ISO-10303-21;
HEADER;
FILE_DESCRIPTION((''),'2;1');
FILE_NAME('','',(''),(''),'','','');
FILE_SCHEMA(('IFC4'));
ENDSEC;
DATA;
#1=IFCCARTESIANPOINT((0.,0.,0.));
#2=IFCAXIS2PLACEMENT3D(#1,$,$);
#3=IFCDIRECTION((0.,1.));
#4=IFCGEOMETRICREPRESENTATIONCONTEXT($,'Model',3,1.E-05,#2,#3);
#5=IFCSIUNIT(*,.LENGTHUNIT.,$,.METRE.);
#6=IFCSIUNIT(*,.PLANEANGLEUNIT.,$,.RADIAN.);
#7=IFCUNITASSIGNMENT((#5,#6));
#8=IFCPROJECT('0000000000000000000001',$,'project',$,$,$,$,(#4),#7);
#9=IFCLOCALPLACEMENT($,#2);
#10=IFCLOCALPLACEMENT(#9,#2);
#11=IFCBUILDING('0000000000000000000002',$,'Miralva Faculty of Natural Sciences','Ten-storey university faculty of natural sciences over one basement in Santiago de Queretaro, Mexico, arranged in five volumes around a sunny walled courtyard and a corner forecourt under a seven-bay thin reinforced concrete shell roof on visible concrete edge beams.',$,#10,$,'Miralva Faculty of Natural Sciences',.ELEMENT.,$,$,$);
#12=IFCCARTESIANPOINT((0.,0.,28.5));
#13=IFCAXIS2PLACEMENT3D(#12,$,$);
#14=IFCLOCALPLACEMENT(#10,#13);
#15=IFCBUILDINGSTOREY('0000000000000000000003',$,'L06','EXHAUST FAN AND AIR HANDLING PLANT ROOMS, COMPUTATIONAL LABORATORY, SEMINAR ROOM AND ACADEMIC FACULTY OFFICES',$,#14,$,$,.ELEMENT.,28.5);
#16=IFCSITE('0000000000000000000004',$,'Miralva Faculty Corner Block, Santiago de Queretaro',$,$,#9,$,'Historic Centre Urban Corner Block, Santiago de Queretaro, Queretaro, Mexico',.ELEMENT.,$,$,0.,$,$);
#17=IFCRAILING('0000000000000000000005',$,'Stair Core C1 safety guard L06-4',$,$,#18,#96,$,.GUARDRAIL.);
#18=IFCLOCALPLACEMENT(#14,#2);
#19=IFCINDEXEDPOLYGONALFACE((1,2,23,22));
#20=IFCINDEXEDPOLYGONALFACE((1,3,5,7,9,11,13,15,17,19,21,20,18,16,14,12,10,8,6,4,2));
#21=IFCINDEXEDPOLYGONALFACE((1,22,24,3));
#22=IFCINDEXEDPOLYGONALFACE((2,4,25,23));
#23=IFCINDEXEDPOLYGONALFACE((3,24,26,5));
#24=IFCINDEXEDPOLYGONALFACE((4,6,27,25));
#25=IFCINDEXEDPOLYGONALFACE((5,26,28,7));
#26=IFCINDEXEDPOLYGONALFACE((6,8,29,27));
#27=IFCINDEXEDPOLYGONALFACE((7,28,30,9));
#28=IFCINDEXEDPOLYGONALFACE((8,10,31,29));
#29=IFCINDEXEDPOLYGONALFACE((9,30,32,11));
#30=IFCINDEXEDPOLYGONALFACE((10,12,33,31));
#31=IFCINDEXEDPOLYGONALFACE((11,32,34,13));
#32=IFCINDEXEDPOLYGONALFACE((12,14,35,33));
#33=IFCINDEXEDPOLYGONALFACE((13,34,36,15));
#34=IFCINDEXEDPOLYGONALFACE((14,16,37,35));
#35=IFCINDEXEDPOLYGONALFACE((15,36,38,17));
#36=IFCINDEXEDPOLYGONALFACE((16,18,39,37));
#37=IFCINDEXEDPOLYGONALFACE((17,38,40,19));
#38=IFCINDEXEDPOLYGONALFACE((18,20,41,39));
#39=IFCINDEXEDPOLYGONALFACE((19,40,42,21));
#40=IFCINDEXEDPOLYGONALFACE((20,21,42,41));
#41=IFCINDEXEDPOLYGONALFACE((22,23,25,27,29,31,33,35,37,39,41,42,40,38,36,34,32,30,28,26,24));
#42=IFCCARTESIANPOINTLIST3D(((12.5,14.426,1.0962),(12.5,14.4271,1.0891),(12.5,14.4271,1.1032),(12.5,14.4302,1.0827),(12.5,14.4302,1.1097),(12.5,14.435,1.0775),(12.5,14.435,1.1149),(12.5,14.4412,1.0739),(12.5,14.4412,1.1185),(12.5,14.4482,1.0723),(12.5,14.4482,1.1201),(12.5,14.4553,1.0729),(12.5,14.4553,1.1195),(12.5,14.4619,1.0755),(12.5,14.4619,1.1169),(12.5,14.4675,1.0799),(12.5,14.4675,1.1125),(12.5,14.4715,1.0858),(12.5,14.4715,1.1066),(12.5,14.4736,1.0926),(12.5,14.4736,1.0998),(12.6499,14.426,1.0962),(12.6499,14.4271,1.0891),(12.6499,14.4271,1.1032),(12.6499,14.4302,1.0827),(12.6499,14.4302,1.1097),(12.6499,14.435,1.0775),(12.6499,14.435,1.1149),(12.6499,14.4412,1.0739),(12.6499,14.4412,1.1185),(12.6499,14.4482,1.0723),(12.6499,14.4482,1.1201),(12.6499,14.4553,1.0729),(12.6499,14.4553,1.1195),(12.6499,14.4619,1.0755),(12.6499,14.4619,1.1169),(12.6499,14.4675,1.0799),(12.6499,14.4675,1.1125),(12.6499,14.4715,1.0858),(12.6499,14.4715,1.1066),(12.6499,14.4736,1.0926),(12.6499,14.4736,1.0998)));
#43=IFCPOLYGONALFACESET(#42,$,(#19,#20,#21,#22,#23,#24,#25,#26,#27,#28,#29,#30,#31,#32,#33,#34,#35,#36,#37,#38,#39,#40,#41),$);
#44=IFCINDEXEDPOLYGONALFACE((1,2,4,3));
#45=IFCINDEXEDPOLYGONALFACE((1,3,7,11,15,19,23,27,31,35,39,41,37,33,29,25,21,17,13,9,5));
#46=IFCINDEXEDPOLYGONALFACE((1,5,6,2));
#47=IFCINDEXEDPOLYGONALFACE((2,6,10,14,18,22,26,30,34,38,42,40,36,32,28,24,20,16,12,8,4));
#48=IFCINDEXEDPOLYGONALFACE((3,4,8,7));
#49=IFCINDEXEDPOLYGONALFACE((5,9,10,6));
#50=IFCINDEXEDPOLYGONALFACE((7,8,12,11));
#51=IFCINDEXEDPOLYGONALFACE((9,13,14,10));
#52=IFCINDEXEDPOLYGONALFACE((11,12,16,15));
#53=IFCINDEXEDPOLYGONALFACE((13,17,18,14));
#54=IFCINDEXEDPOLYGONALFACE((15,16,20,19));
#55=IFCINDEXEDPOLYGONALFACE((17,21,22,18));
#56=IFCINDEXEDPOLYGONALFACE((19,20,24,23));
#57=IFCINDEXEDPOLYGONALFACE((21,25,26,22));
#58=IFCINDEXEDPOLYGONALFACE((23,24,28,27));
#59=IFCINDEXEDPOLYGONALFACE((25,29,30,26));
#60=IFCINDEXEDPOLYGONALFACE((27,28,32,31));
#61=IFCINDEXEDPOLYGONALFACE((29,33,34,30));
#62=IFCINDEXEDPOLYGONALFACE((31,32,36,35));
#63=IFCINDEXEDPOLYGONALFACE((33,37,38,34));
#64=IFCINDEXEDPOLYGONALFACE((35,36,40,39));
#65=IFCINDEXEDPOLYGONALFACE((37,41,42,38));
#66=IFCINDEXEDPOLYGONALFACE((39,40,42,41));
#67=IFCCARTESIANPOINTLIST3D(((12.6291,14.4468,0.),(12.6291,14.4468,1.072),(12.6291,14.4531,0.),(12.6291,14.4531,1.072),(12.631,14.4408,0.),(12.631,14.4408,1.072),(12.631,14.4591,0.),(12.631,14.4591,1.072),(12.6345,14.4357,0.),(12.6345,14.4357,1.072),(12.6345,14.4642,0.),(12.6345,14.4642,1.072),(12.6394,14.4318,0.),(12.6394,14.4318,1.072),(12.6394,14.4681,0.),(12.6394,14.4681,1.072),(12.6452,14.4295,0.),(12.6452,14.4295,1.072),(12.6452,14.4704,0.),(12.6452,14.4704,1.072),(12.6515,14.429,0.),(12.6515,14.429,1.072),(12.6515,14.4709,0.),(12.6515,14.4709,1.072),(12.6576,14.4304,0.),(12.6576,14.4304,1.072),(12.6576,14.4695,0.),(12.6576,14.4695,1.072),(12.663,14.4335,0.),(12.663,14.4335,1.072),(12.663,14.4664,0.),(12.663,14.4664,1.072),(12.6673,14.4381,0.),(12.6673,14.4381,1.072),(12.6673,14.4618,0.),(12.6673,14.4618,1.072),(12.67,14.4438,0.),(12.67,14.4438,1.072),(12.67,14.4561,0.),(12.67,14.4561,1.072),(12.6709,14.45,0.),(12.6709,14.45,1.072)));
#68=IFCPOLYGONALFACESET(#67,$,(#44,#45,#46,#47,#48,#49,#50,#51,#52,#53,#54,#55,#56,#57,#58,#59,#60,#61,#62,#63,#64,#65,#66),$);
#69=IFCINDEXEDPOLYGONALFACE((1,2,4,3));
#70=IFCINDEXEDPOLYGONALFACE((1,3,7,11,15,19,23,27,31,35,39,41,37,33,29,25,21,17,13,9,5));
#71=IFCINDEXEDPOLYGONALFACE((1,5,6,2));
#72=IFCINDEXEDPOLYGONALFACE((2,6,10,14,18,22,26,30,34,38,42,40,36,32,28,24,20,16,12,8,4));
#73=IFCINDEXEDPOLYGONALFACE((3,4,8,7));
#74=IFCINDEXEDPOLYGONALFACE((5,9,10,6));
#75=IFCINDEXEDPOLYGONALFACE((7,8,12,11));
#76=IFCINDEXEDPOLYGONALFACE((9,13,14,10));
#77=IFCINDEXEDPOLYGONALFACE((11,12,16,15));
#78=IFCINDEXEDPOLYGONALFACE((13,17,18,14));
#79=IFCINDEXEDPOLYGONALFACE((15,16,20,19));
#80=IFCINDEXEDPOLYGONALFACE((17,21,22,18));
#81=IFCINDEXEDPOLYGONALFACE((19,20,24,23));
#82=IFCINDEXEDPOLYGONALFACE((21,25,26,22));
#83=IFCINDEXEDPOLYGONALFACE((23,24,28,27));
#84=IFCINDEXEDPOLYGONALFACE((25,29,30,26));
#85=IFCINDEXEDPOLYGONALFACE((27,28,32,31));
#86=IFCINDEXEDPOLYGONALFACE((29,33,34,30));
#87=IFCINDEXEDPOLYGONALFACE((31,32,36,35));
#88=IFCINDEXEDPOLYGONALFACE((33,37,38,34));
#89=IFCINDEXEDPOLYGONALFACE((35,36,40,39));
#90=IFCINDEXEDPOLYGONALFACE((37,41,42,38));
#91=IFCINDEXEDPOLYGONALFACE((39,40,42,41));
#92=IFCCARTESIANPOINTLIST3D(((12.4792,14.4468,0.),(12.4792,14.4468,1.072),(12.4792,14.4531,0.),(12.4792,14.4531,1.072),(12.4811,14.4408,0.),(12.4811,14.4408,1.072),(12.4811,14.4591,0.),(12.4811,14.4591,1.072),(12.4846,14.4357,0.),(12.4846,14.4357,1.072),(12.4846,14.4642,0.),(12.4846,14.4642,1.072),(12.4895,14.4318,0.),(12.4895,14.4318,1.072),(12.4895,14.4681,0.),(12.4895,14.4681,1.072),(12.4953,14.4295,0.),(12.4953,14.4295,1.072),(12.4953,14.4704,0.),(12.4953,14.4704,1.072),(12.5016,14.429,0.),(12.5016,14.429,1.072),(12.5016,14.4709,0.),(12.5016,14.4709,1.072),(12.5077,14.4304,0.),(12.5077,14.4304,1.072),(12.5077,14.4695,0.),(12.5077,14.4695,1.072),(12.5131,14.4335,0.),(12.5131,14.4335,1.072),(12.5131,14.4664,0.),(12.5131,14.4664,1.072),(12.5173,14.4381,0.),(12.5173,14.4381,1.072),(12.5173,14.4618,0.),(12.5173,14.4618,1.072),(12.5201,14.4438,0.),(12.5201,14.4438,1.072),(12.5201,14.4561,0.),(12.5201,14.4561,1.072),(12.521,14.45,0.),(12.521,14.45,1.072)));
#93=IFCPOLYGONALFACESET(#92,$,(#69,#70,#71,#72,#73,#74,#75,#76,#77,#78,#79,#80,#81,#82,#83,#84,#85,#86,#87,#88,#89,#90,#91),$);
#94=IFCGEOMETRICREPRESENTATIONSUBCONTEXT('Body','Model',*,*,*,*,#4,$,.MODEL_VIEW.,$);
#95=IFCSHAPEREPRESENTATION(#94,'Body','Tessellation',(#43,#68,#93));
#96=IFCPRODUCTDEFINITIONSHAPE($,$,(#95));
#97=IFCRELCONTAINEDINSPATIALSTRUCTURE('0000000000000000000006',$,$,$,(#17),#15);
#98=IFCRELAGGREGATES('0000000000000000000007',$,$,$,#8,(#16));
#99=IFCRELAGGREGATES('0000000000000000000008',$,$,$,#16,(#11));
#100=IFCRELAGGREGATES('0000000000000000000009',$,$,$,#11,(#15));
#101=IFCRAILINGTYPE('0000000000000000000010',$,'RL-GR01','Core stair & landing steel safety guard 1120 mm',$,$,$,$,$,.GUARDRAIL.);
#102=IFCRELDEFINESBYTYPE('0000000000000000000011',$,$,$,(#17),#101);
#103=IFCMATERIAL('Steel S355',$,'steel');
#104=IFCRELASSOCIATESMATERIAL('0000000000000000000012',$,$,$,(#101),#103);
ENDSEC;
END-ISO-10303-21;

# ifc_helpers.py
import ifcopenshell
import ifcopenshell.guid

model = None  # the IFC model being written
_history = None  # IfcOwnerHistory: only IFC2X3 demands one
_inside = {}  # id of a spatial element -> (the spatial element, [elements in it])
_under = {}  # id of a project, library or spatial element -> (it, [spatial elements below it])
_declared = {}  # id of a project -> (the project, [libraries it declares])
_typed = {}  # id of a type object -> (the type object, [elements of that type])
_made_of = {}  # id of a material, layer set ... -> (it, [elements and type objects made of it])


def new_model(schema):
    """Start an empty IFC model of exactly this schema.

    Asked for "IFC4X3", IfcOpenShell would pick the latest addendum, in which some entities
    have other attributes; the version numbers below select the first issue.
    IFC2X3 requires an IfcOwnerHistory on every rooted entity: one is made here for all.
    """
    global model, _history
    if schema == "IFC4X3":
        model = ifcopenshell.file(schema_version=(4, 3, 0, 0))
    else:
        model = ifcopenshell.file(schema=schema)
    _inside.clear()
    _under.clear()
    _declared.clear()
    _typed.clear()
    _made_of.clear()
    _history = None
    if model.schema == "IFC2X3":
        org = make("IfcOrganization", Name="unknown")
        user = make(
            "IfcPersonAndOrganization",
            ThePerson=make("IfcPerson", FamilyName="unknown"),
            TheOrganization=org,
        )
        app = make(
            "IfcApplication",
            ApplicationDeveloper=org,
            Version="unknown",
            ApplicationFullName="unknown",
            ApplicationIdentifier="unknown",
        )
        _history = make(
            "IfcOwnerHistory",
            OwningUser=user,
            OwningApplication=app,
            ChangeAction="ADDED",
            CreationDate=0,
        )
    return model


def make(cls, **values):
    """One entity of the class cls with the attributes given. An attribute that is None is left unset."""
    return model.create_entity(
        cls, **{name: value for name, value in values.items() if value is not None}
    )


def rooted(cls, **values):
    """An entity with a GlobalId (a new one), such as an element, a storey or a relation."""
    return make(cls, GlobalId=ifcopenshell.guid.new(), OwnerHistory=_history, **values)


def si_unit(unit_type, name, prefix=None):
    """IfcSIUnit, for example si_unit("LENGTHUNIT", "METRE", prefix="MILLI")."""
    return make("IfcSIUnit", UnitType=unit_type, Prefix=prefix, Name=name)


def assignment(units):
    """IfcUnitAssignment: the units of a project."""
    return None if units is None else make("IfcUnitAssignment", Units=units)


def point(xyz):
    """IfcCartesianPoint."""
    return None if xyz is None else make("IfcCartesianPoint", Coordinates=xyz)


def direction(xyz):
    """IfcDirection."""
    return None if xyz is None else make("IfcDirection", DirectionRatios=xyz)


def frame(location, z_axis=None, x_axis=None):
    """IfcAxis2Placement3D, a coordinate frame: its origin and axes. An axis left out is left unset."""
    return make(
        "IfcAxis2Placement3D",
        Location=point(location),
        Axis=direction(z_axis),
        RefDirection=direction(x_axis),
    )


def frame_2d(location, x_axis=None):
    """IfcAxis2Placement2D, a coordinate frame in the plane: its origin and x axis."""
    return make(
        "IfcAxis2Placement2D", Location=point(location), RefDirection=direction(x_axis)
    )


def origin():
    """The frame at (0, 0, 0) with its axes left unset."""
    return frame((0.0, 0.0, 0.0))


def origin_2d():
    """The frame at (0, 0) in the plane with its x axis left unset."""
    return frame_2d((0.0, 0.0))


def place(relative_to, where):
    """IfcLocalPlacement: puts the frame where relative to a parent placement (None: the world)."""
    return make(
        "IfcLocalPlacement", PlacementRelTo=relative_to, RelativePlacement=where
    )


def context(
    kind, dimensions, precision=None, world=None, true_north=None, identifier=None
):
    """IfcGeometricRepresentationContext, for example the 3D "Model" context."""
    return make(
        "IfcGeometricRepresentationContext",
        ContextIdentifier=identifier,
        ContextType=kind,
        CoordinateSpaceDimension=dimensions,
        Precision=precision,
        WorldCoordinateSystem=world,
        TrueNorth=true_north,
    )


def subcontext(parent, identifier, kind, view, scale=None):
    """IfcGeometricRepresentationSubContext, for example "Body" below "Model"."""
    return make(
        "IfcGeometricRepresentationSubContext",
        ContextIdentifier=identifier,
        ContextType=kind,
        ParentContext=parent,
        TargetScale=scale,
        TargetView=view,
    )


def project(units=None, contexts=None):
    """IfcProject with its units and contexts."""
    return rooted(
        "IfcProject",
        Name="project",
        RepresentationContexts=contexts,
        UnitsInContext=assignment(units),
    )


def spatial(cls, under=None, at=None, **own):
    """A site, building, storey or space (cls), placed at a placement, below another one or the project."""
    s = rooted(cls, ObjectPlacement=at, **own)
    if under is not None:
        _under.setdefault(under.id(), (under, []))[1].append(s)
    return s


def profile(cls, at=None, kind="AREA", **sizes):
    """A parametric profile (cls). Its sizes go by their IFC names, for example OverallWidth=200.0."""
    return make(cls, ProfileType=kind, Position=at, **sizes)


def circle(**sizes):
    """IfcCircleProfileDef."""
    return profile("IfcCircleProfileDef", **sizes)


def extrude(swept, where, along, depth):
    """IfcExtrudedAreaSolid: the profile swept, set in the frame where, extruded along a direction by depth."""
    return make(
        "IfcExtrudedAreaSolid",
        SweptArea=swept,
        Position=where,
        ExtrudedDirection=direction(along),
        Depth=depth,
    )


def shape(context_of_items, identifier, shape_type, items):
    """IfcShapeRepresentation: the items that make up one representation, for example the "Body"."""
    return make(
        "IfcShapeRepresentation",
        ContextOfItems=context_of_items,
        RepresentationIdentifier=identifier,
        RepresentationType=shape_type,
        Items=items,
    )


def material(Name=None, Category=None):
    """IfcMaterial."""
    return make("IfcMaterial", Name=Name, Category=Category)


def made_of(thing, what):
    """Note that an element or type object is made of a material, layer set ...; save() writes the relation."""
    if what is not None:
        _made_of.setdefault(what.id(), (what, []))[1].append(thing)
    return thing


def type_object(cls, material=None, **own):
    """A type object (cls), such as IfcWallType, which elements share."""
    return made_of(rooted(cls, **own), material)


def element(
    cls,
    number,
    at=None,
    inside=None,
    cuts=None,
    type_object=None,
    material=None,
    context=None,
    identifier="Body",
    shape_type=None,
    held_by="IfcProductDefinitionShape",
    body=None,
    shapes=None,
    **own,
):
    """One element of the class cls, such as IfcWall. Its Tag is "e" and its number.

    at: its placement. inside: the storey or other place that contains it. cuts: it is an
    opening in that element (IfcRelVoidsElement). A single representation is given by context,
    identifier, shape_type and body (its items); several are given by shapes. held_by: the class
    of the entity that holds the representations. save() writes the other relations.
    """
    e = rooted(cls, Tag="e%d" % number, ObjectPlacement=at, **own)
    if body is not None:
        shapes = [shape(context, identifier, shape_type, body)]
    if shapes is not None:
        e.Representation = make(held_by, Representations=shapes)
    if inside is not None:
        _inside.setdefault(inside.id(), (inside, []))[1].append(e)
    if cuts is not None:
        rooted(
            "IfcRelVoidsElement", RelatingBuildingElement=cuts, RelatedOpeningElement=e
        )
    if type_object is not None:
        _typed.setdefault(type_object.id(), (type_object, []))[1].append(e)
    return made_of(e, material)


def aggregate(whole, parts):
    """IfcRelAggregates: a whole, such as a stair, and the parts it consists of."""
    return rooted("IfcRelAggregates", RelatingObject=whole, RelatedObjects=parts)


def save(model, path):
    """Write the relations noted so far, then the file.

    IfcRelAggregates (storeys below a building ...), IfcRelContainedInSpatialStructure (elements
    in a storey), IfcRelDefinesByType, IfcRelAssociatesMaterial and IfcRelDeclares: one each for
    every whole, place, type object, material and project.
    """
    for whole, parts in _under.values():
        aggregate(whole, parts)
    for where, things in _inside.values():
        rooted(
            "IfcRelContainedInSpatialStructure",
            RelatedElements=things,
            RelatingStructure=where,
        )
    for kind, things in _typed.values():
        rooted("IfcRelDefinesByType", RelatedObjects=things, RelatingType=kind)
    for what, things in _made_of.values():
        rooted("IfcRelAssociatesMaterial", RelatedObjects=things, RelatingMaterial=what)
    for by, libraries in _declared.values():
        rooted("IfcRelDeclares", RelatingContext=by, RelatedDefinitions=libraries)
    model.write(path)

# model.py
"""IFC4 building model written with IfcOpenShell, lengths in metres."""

from ifc_helpers import new_model, si_unit, direction, frame, origin, origin_2d, place, context, subcontext, project, spatial, circle, extrude, material, type_object, element, save


model = new_model("IFC4")

# Units and contexts
model_context = context("Model", 3, precision=1e-05, world=origin(), true_north=direction((0.0, 1.0)))
body_context = subcontext(model_context, "Body", "Model", "MODEL_VIEW")
ifc_project = project(units=[si_unit("LENGTHUNIT", "METRE"), si_unit("PLANEANGLEUNIT", "RADIAN")], contexts=[model_context])

# Site, building, storey
site_placement = place(None, origin())
site = spatial("IfcSite", under=ifc_project, at=site_placement, Name="Miralva Faculty Corner Block, Santiago de Queretaro", LongName="Historic Centre Urban Corner Block, Santiago de Queretaro, Queretaro, Mexico", CompositionType="ELEMENT", RefElevation=0.0)
building_placement = place(site_placement, origin())
building = spatial("IfcBuilding", under=site, at=building_placement, Name="Miralva Faculty of Natural Sciences", Description="Ten-storey university faculty of natural sciences over one basement in Santiago de Queretaro, Mexico, arranged in five volumes around a sunny walled courtyard and a corner forecourt under a seven-bay thin reinforced concrete shell roof on visible concrete edge beams.", LongName="Miralva Faculty of Natural Sciences", CompositionType="ELEMENT")
storey_placement = place(building_placement, frame((0.0, 0.0, 28.5)))
storey = spatial("IfcBuildingStorey", under=building, at=storey_placement, Name="L06", Description="EXHAUST FAN AND AIR HANDLING PLANT ROOMS, COMPUTATIONAL LABORATORY, SEMINAR ROOM AND ACADEMIC FACULTY OFFICES", CompositionType="ELEMENT", Elevation=28.5)

# Railing
ifc_material_1 = material(Name="Steel S355", Category="steel")
railing_type_1 = type_object("IfcRailingType", Name="RL-GR01", Description="Core stair & landing steel safety guard 1120 mm", PredefinedType="GUARDRAIL", material=ifc_material_1)
railing_1_placement = place(storey_placement, frame((12.6499, 14.45, 0.0)))
element("IfcRailing", 1, at=railing_1_placement, inside=storey, type_object=railing_type_1, Name="Stair Core C1 safety guard L06-4", PredefinedType="GUARDRAIL", context=body_context, shape_type="SweptSolid", body=[
    extrude(circle(Radius=0.0239, at=origin_2d()), frame((0.0, 0.0, 1.0962), z_axis=(-1.0, 0.0, 0.0), x_axis=(0.0, -1.0, 0.0)), (0.0, 0.0, 1.0), 0.1499),
    extrude(circle(Radius=0.021, at=origin_2d()), origin(), (0.0, 0.0, 1.0), 1.072),
    extrude(circle(Radius=0.021, at=origin_2d()), frame((-0.1499, 0.0, 0.0)), (0.0, 0.0, 1.0), 1.072),
])

save(model, "model.ifc")
